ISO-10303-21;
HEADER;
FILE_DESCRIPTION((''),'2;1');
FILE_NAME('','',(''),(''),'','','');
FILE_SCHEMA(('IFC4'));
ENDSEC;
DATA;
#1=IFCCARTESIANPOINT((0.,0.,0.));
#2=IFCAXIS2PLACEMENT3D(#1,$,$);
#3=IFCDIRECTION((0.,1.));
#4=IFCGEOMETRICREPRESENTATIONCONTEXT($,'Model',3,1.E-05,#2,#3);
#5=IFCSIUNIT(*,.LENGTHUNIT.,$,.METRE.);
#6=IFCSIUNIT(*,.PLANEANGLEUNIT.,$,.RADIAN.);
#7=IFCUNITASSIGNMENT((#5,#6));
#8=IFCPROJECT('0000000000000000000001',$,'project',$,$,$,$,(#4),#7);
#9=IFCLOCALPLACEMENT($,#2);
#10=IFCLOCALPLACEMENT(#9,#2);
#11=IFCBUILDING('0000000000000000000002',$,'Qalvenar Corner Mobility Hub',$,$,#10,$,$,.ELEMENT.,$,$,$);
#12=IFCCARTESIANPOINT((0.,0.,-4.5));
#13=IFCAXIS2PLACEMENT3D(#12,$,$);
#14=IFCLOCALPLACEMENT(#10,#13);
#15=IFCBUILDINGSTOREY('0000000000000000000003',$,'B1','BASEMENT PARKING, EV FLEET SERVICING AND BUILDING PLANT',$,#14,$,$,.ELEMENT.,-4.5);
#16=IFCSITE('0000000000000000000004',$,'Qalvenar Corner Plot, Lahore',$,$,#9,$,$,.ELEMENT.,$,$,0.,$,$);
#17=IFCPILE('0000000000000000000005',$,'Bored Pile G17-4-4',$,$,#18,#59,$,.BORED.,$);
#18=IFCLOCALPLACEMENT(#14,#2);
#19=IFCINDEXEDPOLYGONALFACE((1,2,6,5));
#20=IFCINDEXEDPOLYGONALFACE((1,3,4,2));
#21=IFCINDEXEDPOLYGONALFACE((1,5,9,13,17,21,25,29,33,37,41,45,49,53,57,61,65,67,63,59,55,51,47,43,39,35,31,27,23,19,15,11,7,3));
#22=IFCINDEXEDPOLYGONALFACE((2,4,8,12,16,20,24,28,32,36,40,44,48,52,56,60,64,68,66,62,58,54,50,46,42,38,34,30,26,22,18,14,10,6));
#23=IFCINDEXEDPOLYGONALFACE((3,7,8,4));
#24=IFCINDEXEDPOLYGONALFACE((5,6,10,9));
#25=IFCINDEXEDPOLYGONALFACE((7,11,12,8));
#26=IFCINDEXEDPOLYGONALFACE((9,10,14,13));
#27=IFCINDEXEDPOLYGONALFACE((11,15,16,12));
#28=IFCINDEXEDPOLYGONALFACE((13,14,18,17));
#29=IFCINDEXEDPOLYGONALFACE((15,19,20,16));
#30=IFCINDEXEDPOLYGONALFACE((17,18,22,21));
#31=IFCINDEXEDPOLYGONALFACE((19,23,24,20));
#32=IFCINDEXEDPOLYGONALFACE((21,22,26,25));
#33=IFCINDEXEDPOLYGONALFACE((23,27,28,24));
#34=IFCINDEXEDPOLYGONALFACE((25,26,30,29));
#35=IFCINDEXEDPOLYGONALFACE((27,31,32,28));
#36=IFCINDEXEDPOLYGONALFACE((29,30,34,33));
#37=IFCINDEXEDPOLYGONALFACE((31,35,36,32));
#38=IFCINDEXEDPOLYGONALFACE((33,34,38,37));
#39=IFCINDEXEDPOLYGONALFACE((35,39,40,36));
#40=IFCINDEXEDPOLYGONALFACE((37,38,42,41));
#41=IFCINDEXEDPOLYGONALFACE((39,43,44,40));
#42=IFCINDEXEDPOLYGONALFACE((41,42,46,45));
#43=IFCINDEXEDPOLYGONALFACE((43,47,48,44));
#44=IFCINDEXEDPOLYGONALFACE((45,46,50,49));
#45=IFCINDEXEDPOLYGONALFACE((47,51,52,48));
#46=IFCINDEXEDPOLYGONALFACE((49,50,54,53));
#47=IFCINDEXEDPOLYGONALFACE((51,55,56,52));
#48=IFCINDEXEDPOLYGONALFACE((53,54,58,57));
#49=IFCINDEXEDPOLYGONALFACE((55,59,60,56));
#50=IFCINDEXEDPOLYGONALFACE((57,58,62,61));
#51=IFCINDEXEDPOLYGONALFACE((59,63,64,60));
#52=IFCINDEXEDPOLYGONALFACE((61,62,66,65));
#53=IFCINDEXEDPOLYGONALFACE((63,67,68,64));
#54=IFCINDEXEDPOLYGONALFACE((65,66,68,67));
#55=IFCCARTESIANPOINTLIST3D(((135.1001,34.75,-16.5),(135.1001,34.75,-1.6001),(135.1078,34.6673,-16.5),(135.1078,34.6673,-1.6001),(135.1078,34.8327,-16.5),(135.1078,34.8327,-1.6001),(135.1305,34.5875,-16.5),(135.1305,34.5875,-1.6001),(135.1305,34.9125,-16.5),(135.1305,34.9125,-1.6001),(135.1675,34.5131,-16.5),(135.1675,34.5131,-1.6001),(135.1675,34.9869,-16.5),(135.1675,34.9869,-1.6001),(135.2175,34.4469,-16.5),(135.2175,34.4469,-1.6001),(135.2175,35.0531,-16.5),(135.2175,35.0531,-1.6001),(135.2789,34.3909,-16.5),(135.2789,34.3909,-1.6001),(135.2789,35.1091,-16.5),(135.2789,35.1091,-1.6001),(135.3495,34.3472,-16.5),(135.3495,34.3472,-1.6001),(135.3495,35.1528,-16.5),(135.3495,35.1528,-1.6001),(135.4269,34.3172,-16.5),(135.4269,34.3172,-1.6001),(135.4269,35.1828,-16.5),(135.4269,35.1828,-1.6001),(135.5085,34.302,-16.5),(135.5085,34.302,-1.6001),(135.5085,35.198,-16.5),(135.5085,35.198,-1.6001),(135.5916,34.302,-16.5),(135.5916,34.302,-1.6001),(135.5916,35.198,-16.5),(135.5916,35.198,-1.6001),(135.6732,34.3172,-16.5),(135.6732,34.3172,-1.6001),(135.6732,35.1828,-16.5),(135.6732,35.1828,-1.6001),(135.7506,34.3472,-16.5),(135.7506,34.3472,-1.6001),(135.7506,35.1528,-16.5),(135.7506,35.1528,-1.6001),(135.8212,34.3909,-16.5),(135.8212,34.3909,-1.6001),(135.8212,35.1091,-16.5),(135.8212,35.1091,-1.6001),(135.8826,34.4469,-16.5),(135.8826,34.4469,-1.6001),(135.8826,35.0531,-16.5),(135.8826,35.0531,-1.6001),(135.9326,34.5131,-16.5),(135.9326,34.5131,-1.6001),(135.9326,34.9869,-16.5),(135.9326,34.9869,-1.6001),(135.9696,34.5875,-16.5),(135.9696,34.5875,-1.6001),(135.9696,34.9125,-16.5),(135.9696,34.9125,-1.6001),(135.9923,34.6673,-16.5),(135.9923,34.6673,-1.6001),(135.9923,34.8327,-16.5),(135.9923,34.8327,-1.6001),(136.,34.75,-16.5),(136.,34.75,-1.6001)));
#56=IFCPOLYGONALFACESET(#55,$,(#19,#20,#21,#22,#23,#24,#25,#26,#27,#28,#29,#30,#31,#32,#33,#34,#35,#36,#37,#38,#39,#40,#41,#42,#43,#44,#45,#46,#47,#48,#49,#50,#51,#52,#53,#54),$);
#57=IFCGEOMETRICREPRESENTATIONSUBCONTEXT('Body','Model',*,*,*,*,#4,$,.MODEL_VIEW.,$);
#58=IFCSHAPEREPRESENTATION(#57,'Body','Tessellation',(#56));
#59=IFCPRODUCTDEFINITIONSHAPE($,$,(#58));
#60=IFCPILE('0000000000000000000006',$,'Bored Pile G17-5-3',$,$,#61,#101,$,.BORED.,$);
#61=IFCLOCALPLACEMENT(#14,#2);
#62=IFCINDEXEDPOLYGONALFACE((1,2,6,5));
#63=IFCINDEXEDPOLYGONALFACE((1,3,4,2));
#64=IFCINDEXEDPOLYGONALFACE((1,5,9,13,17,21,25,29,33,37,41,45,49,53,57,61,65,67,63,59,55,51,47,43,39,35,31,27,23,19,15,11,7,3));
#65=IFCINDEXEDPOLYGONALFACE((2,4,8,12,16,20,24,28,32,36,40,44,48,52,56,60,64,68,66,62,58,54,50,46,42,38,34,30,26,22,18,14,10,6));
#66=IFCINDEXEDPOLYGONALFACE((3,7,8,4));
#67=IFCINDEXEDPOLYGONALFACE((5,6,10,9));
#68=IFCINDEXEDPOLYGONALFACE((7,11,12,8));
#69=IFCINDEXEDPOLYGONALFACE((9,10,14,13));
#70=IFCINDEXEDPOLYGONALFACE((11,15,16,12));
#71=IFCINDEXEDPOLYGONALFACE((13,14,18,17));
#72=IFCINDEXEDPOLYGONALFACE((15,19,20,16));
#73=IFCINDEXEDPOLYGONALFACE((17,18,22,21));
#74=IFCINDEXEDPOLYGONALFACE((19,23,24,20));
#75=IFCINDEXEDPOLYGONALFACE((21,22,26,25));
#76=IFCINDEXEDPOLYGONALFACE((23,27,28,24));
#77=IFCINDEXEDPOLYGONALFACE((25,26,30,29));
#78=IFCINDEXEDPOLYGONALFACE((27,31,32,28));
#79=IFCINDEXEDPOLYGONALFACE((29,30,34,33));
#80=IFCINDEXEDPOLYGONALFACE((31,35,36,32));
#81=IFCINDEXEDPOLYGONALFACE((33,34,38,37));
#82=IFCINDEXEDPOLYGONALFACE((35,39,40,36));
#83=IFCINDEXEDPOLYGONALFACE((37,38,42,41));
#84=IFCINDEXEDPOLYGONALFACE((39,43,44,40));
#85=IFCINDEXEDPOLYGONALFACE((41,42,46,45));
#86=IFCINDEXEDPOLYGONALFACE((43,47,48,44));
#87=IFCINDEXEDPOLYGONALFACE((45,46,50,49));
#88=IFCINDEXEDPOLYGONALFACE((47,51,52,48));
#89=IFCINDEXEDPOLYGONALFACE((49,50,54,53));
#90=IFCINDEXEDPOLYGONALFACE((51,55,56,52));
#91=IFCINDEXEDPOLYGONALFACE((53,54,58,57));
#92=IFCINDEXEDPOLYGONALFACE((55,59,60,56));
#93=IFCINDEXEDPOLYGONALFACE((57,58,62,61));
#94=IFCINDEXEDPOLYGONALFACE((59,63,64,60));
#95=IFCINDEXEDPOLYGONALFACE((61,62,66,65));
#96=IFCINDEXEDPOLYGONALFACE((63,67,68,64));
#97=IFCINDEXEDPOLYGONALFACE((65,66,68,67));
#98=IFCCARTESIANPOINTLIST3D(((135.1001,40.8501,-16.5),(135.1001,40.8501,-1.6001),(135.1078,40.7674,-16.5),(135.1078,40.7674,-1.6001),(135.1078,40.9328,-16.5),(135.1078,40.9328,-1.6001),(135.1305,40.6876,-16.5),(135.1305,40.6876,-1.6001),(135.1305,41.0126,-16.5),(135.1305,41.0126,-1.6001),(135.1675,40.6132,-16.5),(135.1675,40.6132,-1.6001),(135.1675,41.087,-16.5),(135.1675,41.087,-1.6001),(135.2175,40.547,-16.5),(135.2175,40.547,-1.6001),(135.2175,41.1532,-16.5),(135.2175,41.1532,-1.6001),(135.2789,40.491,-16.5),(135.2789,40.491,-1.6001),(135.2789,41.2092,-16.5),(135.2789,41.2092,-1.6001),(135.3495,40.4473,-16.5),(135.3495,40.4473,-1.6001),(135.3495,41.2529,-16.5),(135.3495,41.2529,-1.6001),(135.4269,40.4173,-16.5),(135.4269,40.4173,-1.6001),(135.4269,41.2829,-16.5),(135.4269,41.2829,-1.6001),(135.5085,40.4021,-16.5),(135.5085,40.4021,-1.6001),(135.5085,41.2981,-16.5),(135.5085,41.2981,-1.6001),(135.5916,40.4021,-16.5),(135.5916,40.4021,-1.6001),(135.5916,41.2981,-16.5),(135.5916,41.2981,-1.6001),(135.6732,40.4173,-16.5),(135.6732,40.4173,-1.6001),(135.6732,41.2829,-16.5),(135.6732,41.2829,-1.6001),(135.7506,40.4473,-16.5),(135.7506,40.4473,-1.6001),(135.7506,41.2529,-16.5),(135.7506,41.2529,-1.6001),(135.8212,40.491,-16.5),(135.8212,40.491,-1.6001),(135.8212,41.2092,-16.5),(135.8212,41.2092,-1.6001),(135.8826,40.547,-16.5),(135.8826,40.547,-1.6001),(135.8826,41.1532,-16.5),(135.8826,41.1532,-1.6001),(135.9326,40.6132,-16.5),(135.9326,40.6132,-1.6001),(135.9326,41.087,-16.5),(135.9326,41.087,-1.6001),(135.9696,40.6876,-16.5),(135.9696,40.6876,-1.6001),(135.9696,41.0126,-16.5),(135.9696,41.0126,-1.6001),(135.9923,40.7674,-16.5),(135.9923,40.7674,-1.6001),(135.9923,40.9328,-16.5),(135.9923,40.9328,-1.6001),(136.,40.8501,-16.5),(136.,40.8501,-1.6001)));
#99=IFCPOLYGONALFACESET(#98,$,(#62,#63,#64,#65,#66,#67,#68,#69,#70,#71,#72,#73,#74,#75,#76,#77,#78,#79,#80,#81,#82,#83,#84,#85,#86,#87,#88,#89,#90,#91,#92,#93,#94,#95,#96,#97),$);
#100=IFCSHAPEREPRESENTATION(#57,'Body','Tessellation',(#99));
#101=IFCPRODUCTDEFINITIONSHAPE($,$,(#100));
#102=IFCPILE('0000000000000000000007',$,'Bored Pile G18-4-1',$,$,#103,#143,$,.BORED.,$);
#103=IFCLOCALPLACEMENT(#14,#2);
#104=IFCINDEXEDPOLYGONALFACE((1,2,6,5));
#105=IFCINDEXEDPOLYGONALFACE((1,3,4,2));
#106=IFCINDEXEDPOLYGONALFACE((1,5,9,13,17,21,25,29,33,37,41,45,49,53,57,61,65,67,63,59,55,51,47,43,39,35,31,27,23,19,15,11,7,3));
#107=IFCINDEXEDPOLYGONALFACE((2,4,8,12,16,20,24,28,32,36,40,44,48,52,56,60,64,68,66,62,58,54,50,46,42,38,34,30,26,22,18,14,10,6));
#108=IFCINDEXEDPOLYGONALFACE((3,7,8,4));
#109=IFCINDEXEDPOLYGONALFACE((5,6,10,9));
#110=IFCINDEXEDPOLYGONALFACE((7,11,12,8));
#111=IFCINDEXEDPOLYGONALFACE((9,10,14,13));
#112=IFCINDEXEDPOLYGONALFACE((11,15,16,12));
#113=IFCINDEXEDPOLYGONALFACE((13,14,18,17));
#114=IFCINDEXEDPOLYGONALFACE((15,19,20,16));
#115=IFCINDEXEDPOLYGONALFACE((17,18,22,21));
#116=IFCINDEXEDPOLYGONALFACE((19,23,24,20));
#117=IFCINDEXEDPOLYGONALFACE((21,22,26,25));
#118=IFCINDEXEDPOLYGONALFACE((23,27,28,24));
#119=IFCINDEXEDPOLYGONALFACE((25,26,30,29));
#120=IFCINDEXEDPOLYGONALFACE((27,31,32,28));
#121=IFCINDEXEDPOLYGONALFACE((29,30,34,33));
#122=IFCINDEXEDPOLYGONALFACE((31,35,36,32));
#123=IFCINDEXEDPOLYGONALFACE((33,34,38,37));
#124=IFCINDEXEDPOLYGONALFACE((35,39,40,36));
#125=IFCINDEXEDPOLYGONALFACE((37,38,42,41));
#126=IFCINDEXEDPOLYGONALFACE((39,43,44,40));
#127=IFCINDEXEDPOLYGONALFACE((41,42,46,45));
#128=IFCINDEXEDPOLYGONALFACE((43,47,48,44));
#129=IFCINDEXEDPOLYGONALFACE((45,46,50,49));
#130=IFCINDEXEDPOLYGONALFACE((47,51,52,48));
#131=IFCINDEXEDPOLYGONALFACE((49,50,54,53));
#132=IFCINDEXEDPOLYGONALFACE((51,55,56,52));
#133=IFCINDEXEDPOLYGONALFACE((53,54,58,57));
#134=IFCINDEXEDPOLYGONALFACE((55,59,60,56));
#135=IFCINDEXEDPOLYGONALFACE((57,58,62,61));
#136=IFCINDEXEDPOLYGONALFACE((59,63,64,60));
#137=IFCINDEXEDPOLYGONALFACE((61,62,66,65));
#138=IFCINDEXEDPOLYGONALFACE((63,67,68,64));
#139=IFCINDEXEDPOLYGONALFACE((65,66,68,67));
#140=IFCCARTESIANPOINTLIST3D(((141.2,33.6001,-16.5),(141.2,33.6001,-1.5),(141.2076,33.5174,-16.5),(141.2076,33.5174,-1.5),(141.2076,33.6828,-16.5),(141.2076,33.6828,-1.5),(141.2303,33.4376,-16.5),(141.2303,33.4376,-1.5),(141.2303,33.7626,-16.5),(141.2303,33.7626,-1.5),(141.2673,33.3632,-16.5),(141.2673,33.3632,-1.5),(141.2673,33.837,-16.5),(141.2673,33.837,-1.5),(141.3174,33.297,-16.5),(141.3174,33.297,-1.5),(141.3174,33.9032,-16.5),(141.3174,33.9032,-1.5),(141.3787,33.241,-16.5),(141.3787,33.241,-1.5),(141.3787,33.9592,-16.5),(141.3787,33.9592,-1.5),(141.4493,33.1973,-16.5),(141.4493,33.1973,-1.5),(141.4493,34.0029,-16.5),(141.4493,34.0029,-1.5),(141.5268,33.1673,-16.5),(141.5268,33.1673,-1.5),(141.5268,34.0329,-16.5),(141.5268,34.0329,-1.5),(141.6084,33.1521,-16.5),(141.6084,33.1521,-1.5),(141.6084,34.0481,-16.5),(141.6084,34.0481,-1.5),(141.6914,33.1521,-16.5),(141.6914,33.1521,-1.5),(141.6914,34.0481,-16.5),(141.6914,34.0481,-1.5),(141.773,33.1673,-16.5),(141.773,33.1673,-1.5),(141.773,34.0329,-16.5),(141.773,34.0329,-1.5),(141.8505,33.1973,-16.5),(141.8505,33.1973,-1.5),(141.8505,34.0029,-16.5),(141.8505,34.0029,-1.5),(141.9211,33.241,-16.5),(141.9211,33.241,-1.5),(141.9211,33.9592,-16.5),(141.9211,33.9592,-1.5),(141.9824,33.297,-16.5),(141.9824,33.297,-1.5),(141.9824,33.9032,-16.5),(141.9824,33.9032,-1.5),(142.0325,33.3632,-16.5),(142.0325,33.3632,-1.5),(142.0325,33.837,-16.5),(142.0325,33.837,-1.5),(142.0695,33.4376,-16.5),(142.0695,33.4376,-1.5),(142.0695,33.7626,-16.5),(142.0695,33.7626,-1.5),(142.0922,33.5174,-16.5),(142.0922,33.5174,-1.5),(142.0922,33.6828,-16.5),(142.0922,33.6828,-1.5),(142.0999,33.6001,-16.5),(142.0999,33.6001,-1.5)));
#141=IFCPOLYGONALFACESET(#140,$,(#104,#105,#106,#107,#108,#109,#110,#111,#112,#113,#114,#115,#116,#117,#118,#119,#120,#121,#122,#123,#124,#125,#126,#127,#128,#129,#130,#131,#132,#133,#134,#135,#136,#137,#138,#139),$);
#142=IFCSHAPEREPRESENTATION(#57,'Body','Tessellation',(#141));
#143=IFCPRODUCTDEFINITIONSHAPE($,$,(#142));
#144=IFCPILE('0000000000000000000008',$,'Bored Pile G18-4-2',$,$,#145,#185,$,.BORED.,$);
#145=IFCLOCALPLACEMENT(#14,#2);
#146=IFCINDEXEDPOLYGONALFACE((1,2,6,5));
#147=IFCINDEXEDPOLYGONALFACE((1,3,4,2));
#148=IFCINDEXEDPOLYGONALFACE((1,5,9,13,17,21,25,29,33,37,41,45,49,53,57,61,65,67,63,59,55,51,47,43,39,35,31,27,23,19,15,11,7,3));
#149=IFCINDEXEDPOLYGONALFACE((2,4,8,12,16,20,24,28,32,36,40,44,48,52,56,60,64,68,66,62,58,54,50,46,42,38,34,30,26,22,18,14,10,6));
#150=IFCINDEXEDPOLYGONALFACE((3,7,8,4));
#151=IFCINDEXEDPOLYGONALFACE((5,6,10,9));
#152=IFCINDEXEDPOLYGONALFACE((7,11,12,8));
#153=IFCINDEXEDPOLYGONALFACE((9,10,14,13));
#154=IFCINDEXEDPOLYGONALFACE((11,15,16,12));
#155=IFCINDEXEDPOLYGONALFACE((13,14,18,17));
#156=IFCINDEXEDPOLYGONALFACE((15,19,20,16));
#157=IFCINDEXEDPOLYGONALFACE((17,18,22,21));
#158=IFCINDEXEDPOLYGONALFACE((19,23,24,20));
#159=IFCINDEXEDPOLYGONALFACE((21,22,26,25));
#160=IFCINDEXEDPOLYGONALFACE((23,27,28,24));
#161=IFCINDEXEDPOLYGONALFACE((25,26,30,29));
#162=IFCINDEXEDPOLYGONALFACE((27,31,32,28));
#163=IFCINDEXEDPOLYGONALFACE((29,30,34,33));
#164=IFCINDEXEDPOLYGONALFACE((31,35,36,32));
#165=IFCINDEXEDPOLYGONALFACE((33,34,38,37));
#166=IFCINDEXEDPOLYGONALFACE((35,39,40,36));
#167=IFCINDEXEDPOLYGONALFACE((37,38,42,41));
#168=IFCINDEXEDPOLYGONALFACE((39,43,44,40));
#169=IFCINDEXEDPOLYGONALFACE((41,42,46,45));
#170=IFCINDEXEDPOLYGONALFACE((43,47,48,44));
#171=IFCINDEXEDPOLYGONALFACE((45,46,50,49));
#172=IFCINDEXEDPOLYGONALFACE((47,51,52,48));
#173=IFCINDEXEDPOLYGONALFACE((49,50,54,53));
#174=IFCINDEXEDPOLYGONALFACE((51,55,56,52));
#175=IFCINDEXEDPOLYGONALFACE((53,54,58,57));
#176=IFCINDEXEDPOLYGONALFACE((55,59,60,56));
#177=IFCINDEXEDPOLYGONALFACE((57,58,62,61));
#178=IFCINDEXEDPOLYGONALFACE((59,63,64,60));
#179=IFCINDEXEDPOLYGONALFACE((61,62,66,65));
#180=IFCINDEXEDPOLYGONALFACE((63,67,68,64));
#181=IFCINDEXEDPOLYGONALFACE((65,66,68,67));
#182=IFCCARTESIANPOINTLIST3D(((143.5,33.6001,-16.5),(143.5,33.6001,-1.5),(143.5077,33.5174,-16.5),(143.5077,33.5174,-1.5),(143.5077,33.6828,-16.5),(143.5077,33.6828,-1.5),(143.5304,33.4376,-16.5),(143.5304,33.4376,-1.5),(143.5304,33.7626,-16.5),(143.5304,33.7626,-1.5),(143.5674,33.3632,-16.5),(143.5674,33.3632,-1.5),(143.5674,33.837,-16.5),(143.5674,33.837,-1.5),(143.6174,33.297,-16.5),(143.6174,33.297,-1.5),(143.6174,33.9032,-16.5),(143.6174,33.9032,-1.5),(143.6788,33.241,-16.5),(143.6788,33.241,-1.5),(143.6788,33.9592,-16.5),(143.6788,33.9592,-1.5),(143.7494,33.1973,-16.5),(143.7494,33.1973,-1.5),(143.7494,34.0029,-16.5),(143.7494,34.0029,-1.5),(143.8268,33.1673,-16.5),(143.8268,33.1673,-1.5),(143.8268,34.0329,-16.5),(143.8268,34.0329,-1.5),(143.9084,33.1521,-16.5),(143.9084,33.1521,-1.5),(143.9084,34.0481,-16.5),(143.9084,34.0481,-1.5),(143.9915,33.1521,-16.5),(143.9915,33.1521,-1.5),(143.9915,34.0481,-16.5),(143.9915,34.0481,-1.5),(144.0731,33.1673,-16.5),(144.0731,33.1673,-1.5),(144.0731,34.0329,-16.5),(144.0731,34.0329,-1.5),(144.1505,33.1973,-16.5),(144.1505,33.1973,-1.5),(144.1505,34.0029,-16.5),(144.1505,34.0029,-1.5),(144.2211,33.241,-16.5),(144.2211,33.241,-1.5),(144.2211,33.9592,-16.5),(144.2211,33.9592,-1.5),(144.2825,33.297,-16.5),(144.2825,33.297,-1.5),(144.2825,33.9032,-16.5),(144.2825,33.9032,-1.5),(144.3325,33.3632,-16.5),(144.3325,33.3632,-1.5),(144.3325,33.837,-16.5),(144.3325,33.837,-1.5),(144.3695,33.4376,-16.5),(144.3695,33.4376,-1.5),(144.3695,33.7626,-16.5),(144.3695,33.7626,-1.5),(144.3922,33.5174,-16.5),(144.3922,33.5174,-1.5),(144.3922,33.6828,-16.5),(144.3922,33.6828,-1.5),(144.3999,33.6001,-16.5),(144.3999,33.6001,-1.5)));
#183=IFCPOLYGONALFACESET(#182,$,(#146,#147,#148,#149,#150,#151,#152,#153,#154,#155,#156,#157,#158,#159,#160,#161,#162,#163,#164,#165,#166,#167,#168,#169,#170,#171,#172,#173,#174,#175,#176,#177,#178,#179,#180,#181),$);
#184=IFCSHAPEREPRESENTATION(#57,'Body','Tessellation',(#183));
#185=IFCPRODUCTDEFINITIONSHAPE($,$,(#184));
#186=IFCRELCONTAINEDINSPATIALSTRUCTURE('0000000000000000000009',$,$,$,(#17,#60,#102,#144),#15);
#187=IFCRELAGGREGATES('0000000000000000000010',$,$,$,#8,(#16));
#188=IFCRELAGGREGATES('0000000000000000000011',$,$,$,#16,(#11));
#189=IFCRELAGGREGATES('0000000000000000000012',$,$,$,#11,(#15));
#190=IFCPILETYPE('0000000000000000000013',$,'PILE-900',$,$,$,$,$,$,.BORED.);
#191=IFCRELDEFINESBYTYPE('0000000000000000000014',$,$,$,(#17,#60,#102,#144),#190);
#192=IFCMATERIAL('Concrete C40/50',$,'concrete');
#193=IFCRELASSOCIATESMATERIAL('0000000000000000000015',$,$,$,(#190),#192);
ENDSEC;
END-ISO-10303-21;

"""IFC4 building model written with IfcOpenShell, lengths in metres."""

from ifc_helpers import new_model, si_unit, direction, frame, origin, origin_2d, place, context, subcontext, project, spatial, circle, extrude, material, material_profile, profile_set, type_object, element, save


model = new_model("IFC4")

# Units and contexts
model_context = context("Model", 3, precision=1e-05, world=origin(), true_north=direction((0.0, 1.0)))
body_context = subcontext(model_context, "Body", "Model", "MODEL_VIEW")
ifc_project = project(units=[si_unit("LENGTHUNIT", "METRE"), si_unit("PLANEANGLEUNIT", "RADIAN")], contexts=[model_context])

# Site, building, storey
site_placement = place(None, origin())
site = spatial("IfcSite", under=ifc_project, at=site_placement, Name="Qalvenar Corner Plot, Lahore", CompositionType="ELEMENT", RefElevation=0.0)
building_placement = place(site_placement, origin())
building = spatial("IfcBuilding", under=site, at=building_placement, Name="Qalvenar Corner Mobility Hub", CompositionType="ELEMENT")
storey_placement = place(building_placement, frame((0.0, 0.0, -4.5)))
storey = spatial("IfcBuildingStorey", under=building, at=storey_placement, Name="B1", Description="BASEMENT PARKING, EV FLEET SERVICING AND BUILDING PLANT", CompositionType="ELEMENT", Elevation=-4.5)

# Shared definitions
ifc_material_1 = material(Name="Concrete C40/50", Category="concrete")

# Piles
ifc_material_profile_1 = material_profile(ifc_material_1, circle(Radius=0.45, at=origin_2d()), Name="DIA900")
ifc_profile_set_1 = profile_set([ifc_material_profile_1], Name="Concrete C40/50")
pile_type_1 = type_object("IfcPileType", Name="PILE-900", PredefinedType="BORED", material=ifc_profile_set_1)
for number, where, z_axis, x_axis, name in (
    (1, (135.55, 34.75, -1.6001), (0.0, 0.0, -1.0), (1.0, 0.0, 0.0), "Bored Pile G17-4-4"),
    (2, (135.55, 40.8501, -1.6001), (0.0, 0.0, -1.0), (1.0, 0.0, 0.0), "Bored Pile G17-5-3"),
):
    element("IfcPile", number, at=place(storey_placement, frame(where, z_axis=z_axis, x_axis=x_axis)), inside=storey, type_object=pile_type_1, Name=name, PredefinedType="BORED", context=body_context, shape_type="SweptSolid", body=[
        extrude(circle(Radius=0.45, at=origin_2d()), origin(), (0.0, 0.0, 1.0), 14.8999),
    ])
for number, where, z_axis, x_axis, name in (
    (3, (141.6499, 33.6001, -1.5), (0.0, 0.0, -1.0), (1.0, 0.0, 0.0), "Bored Pile G18-4-1"),
    (4, (143.95, 33.6001, -1.5), (0.0, 0.0, -1.0), (1.0, 0.0, 0.0), "Bored Pile G18-4-2"),
):
    element("IfcPile", number, at=place(storey_placement, frame(where, z_axis=z_axis, x_axis=x_axis)), inside=storey, type_object=pile_type_1, Name=name, PredefinedType="BORED", context=body_context, shape_type="SweptSolid", body=[
        extrude(circle(Radius=0.45, at=origin_2d()), origin(), (0.0, 0.0, 1.0), 15.0),
    ])

save(model, "model.ifc")
